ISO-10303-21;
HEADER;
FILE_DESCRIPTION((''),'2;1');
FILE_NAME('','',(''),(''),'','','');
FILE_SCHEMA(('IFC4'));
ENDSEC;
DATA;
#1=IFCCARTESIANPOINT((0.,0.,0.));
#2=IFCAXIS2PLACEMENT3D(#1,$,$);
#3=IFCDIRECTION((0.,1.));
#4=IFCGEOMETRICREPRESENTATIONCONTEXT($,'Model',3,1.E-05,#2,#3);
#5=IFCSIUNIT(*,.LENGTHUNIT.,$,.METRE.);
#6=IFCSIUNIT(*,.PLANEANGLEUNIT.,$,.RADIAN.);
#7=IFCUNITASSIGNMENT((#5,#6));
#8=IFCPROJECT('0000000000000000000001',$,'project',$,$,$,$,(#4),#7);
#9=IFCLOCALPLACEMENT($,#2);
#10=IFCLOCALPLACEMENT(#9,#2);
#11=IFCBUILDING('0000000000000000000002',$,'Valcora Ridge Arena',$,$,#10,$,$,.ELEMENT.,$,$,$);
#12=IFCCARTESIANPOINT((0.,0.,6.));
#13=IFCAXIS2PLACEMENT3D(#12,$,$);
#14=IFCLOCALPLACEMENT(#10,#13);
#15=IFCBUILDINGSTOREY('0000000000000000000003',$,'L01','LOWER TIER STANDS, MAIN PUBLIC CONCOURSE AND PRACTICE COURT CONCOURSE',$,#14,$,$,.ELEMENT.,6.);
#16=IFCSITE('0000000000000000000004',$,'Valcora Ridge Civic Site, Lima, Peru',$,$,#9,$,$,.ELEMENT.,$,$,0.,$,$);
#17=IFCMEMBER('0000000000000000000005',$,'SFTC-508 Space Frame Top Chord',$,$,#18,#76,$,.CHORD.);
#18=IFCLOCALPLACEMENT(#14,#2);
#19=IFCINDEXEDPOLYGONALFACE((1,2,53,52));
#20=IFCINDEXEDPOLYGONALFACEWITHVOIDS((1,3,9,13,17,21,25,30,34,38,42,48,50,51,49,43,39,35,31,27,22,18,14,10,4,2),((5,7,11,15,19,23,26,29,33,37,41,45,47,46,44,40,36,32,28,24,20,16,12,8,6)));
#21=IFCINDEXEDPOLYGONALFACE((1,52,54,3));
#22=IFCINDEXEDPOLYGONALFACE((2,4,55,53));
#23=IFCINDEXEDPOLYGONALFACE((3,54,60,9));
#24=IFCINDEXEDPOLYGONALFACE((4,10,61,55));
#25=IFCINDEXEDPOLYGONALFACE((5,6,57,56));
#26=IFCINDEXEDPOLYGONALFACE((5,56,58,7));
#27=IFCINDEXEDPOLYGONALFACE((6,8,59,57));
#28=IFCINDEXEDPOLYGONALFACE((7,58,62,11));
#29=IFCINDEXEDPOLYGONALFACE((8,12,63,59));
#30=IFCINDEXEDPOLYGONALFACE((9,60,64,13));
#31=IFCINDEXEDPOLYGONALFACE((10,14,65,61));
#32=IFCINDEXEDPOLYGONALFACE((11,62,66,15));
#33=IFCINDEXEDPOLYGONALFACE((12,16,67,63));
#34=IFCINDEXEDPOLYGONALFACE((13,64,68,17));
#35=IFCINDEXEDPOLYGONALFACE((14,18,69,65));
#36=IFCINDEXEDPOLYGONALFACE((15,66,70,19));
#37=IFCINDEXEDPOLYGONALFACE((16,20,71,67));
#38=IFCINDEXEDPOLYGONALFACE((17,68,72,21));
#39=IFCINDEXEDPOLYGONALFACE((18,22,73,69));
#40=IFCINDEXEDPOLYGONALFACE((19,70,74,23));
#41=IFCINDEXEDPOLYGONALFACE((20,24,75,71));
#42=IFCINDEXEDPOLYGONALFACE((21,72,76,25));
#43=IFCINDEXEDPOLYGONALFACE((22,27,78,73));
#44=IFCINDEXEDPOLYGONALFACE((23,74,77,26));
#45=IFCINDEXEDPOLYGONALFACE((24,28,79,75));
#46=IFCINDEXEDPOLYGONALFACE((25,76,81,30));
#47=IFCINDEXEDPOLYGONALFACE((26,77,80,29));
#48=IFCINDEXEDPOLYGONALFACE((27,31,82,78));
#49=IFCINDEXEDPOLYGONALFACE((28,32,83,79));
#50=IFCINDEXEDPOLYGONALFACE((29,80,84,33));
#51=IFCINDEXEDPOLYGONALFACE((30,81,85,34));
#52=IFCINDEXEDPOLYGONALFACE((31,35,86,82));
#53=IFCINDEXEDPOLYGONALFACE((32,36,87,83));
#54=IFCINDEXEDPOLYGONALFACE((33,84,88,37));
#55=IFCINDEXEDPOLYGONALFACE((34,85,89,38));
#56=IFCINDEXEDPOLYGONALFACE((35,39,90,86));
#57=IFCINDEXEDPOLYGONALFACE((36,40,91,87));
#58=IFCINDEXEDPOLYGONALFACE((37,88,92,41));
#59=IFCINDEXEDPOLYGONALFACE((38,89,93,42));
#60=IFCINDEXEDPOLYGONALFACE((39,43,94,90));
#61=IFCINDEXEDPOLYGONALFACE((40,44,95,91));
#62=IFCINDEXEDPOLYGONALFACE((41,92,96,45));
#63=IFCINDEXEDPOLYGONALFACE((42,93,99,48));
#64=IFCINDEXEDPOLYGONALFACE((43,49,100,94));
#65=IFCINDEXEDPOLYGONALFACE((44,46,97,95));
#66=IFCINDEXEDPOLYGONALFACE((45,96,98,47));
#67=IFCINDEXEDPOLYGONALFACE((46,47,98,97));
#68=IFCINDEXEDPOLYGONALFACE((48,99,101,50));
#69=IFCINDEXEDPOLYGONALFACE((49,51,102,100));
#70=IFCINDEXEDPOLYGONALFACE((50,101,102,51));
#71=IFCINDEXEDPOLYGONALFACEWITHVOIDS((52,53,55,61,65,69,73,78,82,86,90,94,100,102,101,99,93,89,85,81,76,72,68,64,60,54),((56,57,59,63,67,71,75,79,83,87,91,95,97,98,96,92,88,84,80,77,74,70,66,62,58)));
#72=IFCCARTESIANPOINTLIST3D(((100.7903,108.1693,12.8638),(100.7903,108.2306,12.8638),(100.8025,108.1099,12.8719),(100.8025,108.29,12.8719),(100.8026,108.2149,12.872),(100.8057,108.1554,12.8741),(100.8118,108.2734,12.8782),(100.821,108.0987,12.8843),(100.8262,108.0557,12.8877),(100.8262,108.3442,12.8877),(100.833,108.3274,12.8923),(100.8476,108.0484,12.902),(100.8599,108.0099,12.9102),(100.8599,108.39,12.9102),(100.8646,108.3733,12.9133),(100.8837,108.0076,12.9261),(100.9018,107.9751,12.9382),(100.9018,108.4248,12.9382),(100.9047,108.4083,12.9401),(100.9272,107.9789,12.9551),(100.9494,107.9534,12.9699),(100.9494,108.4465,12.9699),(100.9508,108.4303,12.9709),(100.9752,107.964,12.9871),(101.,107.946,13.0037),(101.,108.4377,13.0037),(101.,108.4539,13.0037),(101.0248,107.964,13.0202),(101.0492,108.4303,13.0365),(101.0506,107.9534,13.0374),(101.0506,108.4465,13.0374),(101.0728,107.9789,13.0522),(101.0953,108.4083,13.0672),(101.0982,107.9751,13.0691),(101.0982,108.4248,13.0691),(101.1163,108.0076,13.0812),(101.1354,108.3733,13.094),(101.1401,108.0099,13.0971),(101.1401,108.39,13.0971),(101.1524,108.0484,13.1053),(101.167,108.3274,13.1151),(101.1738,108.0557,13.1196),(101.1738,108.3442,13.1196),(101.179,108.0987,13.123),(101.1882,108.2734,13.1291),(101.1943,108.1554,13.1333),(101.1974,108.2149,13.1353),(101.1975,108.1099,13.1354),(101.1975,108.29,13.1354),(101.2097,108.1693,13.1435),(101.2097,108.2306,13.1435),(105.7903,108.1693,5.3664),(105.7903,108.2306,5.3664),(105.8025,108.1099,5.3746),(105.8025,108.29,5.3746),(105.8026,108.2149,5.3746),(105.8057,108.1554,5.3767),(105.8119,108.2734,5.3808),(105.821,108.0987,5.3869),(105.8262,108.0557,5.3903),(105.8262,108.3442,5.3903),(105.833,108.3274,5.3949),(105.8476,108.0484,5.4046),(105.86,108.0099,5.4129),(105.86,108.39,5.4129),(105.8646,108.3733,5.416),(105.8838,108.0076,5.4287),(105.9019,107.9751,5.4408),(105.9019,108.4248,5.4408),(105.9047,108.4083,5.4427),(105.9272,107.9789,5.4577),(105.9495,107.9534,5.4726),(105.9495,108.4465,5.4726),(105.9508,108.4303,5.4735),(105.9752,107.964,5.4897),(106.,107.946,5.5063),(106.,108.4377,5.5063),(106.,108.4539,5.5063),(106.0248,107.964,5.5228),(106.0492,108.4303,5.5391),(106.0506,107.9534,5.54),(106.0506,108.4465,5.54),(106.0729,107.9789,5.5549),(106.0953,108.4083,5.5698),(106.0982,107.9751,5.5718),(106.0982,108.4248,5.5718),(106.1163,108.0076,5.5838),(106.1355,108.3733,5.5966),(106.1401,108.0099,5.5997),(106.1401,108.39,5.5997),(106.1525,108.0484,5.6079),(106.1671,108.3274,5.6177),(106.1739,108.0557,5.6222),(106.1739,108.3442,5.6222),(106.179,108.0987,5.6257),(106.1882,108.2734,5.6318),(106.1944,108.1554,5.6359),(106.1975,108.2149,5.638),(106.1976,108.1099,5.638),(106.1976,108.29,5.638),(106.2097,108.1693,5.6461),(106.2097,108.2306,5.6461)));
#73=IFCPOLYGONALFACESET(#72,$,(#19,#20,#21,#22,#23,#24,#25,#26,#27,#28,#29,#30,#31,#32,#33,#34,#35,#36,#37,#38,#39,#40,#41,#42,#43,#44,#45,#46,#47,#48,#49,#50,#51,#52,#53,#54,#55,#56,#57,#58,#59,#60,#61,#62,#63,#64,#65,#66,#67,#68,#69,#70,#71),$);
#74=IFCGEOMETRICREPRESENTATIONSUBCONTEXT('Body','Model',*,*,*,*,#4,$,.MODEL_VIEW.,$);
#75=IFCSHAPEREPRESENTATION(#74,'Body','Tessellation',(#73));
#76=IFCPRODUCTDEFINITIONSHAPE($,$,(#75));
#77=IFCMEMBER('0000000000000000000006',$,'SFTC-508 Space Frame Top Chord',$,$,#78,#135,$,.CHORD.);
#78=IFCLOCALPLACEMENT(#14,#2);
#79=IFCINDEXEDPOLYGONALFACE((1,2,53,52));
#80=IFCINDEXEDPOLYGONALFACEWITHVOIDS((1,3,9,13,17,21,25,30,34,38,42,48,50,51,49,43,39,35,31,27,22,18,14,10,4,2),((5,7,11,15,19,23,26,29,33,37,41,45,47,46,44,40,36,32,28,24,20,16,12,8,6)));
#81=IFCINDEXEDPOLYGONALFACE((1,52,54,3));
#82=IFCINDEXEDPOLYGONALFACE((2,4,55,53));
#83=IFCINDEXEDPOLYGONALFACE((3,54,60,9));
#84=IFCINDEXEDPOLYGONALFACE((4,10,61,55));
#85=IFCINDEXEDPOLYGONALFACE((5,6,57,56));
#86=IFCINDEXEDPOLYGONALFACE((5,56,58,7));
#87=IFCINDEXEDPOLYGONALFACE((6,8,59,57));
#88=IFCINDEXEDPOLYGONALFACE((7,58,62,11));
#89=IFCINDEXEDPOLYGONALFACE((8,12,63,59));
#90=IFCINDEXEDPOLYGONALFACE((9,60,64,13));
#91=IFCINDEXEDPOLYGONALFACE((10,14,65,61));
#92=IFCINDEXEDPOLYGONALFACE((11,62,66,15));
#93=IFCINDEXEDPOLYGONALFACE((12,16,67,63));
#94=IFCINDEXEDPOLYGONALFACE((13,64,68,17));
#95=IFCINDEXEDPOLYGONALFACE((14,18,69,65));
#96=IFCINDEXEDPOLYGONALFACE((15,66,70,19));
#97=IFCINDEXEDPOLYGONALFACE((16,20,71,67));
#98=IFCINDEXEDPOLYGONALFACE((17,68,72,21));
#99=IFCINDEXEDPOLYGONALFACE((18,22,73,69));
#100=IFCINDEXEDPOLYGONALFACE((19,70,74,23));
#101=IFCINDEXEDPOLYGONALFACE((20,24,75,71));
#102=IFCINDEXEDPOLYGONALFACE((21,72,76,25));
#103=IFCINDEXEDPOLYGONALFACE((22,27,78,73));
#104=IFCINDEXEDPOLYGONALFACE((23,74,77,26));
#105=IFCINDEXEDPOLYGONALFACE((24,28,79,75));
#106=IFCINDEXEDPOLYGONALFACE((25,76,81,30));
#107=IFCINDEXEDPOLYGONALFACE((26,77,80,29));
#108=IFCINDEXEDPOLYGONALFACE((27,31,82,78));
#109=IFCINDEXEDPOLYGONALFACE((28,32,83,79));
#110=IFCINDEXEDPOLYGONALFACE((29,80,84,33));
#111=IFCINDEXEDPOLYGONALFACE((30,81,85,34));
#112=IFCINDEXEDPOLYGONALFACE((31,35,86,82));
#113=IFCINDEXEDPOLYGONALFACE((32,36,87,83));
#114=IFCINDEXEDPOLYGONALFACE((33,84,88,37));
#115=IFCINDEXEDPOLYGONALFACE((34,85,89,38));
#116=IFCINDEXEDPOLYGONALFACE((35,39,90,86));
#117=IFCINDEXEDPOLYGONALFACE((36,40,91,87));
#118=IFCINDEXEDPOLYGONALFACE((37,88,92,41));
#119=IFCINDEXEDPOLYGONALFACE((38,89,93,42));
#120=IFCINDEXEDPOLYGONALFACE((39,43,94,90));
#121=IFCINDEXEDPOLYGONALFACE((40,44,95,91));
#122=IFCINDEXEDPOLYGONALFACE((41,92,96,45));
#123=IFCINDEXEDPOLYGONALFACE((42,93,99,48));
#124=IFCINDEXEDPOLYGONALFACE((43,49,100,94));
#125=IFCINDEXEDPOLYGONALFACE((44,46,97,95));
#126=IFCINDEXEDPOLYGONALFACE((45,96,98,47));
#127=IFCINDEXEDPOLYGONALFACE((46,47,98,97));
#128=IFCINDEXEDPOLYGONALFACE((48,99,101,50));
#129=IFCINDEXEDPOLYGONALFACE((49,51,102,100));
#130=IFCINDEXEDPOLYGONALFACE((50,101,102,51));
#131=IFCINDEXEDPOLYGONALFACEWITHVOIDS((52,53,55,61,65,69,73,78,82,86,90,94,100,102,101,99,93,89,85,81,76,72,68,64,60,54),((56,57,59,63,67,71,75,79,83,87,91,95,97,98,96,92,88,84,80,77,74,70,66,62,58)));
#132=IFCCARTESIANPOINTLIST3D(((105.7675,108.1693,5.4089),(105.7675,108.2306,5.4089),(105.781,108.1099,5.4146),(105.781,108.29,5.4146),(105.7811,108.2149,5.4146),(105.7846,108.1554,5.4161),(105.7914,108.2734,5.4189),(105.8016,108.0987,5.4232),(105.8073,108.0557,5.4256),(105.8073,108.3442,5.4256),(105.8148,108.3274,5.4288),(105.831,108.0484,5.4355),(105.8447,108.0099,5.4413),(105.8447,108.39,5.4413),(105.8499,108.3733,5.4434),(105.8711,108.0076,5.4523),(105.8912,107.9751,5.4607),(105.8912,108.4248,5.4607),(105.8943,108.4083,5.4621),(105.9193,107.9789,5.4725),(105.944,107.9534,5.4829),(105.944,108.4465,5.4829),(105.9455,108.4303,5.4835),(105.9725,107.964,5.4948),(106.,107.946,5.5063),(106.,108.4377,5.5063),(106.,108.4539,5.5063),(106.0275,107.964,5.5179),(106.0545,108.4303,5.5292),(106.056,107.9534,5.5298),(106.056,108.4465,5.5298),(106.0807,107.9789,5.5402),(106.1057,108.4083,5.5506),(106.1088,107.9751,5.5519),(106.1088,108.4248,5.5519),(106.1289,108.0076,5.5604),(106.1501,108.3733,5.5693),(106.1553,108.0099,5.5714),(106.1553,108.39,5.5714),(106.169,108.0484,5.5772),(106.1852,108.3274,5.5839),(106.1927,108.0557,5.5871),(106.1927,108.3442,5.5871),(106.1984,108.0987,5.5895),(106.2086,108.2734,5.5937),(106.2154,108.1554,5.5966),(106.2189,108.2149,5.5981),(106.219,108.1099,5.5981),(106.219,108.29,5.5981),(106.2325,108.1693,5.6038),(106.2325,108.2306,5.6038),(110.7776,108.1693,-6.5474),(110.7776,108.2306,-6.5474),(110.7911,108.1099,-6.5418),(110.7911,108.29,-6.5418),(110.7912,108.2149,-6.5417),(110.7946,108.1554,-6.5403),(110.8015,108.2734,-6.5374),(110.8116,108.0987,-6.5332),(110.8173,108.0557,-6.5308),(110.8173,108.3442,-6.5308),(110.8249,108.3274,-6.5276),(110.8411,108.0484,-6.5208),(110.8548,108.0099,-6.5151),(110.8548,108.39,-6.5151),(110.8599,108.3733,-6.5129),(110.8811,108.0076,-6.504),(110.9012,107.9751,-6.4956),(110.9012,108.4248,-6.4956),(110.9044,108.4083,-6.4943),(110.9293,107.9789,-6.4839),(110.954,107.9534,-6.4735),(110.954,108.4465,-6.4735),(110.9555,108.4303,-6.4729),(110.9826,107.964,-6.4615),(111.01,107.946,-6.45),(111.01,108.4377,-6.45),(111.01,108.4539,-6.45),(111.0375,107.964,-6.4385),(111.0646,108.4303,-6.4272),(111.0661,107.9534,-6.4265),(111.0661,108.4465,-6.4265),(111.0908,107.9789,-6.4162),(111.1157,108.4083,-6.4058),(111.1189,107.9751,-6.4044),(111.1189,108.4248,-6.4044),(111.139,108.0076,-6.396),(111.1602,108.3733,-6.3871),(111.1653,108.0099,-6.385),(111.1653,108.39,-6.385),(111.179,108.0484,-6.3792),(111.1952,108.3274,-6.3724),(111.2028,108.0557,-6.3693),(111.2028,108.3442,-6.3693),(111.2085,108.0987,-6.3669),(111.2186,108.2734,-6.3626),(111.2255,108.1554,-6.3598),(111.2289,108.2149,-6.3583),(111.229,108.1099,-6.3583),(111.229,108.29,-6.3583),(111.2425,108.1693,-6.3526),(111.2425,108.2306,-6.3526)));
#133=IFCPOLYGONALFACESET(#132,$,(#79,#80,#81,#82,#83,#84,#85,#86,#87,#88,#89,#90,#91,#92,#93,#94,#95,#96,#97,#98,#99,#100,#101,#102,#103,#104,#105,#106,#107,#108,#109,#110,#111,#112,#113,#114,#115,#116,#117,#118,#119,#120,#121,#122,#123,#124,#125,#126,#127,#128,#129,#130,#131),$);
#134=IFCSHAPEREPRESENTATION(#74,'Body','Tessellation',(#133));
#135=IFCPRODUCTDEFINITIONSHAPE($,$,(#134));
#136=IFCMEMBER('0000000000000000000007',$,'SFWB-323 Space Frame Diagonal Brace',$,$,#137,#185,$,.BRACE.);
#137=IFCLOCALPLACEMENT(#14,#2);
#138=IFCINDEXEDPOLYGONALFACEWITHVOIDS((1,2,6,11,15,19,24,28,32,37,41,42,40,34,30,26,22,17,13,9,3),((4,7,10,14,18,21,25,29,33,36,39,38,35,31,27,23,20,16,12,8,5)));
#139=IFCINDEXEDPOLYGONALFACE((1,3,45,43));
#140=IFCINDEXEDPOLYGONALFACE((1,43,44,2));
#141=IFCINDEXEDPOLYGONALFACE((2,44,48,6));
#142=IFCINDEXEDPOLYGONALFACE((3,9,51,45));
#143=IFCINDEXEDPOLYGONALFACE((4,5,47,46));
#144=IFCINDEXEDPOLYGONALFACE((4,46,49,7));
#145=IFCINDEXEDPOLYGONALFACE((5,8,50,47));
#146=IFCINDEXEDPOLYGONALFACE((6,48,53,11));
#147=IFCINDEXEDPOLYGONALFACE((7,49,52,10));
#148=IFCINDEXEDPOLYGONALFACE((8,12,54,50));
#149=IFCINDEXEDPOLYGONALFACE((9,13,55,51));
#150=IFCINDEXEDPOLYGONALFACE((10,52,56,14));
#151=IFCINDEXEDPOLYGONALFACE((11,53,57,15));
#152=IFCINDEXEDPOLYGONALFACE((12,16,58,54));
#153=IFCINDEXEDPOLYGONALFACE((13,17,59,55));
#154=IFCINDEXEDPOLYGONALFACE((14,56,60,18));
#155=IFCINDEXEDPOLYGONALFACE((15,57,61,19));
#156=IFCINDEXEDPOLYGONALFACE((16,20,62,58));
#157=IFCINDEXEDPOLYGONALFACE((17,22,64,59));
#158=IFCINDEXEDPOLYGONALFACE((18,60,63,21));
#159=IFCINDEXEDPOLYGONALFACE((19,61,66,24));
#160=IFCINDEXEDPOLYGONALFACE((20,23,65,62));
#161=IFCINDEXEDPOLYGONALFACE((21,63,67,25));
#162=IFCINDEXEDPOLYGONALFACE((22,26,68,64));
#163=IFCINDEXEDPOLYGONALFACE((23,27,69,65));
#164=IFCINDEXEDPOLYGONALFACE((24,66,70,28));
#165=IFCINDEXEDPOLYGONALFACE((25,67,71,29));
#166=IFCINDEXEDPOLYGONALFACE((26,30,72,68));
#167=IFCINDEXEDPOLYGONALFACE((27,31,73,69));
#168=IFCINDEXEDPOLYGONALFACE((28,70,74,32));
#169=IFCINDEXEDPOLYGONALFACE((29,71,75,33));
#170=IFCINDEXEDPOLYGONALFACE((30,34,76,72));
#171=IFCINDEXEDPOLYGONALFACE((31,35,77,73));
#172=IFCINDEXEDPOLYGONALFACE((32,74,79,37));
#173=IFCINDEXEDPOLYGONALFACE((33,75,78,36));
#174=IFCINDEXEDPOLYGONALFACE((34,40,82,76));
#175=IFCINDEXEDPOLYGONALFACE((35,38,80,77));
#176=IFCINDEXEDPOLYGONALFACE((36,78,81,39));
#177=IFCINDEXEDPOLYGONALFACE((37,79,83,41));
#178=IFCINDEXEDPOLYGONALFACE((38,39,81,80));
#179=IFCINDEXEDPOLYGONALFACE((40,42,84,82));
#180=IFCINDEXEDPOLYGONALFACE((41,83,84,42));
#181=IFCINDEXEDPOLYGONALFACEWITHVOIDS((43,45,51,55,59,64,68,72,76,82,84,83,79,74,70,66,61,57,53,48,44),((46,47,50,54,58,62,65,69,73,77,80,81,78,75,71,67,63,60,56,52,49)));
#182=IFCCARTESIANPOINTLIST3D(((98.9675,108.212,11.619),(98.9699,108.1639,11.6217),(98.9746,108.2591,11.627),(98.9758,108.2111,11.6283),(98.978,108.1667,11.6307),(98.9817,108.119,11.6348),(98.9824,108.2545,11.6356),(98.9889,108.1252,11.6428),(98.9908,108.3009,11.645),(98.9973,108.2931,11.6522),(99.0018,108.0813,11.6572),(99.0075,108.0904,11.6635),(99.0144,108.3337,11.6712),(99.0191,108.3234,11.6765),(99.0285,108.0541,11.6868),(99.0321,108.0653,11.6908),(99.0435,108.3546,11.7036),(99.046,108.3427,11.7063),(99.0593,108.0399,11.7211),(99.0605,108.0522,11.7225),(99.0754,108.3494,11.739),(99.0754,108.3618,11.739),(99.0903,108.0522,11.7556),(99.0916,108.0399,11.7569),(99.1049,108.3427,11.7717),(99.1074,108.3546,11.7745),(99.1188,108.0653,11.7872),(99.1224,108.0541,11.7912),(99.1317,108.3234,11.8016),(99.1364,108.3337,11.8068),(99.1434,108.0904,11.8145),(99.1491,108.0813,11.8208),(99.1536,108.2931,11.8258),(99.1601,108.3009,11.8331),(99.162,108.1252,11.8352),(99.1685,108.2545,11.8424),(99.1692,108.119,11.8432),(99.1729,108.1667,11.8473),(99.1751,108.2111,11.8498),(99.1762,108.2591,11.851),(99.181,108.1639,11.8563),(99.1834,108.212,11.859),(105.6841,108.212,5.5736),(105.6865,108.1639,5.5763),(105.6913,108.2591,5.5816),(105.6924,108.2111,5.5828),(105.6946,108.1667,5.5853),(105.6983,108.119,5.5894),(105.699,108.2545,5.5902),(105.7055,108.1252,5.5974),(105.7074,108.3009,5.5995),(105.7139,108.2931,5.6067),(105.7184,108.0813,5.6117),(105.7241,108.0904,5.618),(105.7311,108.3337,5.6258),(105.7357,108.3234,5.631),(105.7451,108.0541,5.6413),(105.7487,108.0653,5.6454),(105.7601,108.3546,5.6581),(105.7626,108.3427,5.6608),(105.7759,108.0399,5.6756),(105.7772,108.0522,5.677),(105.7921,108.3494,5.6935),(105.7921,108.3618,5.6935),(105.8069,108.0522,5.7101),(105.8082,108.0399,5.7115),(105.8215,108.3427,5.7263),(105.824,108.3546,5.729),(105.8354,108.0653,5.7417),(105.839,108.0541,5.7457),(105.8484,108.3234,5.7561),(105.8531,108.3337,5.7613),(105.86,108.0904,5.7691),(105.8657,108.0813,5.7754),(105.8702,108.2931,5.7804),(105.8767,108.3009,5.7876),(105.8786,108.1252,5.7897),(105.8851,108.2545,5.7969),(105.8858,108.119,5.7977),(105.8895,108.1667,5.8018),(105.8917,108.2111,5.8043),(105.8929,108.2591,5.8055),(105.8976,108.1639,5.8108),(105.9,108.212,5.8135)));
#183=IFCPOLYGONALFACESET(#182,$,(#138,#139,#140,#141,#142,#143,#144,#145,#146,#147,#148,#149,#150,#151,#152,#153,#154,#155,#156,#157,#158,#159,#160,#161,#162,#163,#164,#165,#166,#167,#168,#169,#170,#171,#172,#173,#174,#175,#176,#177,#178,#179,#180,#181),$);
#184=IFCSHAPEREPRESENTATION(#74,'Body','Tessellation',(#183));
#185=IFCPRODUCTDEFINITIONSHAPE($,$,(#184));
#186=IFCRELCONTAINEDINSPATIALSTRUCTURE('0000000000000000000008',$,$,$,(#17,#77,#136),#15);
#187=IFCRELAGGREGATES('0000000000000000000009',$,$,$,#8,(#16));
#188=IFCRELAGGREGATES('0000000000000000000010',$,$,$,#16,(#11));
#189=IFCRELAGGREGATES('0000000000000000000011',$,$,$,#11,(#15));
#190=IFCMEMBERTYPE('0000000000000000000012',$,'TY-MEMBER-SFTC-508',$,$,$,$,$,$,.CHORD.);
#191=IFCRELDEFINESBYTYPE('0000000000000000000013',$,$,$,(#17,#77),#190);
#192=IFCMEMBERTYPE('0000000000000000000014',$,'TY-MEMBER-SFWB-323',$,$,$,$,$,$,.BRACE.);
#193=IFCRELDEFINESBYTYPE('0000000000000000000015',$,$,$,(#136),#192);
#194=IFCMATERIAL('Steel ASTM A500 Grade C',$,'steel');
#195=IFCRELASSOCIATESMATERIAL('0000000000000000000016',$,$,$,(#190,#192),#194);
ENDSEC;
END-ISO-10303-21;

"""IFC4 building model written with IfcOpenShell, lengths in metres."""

from ifc_helpers import new_model, si_unit, direction, frame, origin, origin_2d, place, context, subcontext, project, spatial, hollow_circle, extrude, material, material_profile, profile_set, type_object, element, save


model = new_model("IFC4")

# Units and contexts
model_context = context("Model", 3, precision=1e-05, world=origin(), true_north=direction((0.0, 1.0)))
body_context = subcontext(model_context, "Body", "Model", "MODEL_VIEW")
ifc_project = project(units=[si_unit("LENGTHUNIT", "METRE"), si_unit("PLANEANGLEUNIT", "RADIAN")], contexts=[model_context])

# Site, building, storey
site_placement = place(None, origin())
site = spatial("IfcSite", under=ifc_project, at=site_placement, Name="Valcora Ridge Civic Site, Lima, Peru", CompositionType="ELEMENT", RefElevation=0.0)
building_placement = place(site_placement, origin())
building = spatial("IfcBuilding", under=site, at=building_placement, Name="Valcora Ridge Arena", CompositionType="ELEMENT")
storey_placement = place(building_placement, frame((0.0, 0.0, 6.0)))
storey = spatial("IfcBuildingStorey", under=building, at=storey_placement, Name="L01", Description="LOWER TIER STANDS, MAIN PUBLIC CONCOURSE AND PRACTICE COURT CONCOURSE", CompositionType="ELEMENT", Elevation=6.0)

# Members
ifc_material_1 = material(Name="Steel ASTM A500 Grade C", Category="steel")
ifc_material_profile_1 = material_profile(ifc_material_1, hollow_circle(Radius=0.2539, WallThickness=0.0161, at=origin_2d()), Name="CHS508X16")
ifc_profile_set_1 = profile_set([ifc_material_profile_1], Name="Steel ASTM A500 Grade C")
member_type_1 = type_object("IfcMemberType", Name="TY-MEMBER-SFTC-508", PredefinedType="CHORD", material=ifc_profile_set_1)
member_1_placement = place(storey_placement, frame((101.0, 108.2, 13.0037), z_axis=(0.554838, 0.0, -0.831959), x_axis=(0.0, 1.0, 0.0)))
element("IfcMember", 1, at=member_1_placement, inside=storey, type_object=member_type_1, Name="SFTC-508 Space Frame Top Chord", PredefinedType="CHORD", context=body_context, shape_type="SweptSolid", body=[
    extrude(hollow_circle(Radius=0.2539, WallThickness=0.0161, at=origin_2d()), origin(), (0.0, 0.0, 1.0), 9.0117),
])
member_2_placement = place(storey_placement, frame((106.0, 108.2, 5.5063), z_axis=(0.386469, 0.0, -0.922302), x_axis=(0.0, 1.0, 0.0)))
element("IfcMember", 2, at=member_2_placement, inside=storey, type_object=member_type_1, Name="SFTC-508 Space Frame Top Chord", PredefinedType="CHORD", context=body_context, shape_type="SweptSolid", body=[
    extrude(hollow_circle(Radius=0.2539, WallThickness=0.0161, at=origin_2d()), origin(), (0.0, 0.0, 1.0), 12.9636),
])
ifc_material_profile_2 = material_profile(ifc_material_1, hollow_circle(Radius=0.1619, WallThickness=0.0125, at=origin_2d()), Name="CHS323X12")
ifc_profile_set_2 = profile_set([ifc_material_profile_2], Name="Steel ASTM A500 Grade C")
member_type_2 = type_object("IfcMemberType", Name="TY-MEMBER-SFWB-323", PredefinedType="BRACE", material=ifc_profile_set_2)
member_3_placement = place(storey_placement, frame((99.0754, 108.2, 11.739), z_axis=(0.743266, 0.0, -0.668996), x_axis=(0.0, 1.0, 0.0)))
element("IfcMember", 3, at=member_3_placement, inside=storey, type_object=member_type_2, Name="SFWB-323 Space Frame Diagonal Brace", PredefinedType="BRACE", context=body_context, shape_type="SweptSolid", body=[
    extrude(hollow_circle(Radius=0.1619, WallThickness=0.0125, at=origin_2d()), origin(), (0.0, 0.0, 1.0), 9.0366),
])

save(model, "model.ifc")
